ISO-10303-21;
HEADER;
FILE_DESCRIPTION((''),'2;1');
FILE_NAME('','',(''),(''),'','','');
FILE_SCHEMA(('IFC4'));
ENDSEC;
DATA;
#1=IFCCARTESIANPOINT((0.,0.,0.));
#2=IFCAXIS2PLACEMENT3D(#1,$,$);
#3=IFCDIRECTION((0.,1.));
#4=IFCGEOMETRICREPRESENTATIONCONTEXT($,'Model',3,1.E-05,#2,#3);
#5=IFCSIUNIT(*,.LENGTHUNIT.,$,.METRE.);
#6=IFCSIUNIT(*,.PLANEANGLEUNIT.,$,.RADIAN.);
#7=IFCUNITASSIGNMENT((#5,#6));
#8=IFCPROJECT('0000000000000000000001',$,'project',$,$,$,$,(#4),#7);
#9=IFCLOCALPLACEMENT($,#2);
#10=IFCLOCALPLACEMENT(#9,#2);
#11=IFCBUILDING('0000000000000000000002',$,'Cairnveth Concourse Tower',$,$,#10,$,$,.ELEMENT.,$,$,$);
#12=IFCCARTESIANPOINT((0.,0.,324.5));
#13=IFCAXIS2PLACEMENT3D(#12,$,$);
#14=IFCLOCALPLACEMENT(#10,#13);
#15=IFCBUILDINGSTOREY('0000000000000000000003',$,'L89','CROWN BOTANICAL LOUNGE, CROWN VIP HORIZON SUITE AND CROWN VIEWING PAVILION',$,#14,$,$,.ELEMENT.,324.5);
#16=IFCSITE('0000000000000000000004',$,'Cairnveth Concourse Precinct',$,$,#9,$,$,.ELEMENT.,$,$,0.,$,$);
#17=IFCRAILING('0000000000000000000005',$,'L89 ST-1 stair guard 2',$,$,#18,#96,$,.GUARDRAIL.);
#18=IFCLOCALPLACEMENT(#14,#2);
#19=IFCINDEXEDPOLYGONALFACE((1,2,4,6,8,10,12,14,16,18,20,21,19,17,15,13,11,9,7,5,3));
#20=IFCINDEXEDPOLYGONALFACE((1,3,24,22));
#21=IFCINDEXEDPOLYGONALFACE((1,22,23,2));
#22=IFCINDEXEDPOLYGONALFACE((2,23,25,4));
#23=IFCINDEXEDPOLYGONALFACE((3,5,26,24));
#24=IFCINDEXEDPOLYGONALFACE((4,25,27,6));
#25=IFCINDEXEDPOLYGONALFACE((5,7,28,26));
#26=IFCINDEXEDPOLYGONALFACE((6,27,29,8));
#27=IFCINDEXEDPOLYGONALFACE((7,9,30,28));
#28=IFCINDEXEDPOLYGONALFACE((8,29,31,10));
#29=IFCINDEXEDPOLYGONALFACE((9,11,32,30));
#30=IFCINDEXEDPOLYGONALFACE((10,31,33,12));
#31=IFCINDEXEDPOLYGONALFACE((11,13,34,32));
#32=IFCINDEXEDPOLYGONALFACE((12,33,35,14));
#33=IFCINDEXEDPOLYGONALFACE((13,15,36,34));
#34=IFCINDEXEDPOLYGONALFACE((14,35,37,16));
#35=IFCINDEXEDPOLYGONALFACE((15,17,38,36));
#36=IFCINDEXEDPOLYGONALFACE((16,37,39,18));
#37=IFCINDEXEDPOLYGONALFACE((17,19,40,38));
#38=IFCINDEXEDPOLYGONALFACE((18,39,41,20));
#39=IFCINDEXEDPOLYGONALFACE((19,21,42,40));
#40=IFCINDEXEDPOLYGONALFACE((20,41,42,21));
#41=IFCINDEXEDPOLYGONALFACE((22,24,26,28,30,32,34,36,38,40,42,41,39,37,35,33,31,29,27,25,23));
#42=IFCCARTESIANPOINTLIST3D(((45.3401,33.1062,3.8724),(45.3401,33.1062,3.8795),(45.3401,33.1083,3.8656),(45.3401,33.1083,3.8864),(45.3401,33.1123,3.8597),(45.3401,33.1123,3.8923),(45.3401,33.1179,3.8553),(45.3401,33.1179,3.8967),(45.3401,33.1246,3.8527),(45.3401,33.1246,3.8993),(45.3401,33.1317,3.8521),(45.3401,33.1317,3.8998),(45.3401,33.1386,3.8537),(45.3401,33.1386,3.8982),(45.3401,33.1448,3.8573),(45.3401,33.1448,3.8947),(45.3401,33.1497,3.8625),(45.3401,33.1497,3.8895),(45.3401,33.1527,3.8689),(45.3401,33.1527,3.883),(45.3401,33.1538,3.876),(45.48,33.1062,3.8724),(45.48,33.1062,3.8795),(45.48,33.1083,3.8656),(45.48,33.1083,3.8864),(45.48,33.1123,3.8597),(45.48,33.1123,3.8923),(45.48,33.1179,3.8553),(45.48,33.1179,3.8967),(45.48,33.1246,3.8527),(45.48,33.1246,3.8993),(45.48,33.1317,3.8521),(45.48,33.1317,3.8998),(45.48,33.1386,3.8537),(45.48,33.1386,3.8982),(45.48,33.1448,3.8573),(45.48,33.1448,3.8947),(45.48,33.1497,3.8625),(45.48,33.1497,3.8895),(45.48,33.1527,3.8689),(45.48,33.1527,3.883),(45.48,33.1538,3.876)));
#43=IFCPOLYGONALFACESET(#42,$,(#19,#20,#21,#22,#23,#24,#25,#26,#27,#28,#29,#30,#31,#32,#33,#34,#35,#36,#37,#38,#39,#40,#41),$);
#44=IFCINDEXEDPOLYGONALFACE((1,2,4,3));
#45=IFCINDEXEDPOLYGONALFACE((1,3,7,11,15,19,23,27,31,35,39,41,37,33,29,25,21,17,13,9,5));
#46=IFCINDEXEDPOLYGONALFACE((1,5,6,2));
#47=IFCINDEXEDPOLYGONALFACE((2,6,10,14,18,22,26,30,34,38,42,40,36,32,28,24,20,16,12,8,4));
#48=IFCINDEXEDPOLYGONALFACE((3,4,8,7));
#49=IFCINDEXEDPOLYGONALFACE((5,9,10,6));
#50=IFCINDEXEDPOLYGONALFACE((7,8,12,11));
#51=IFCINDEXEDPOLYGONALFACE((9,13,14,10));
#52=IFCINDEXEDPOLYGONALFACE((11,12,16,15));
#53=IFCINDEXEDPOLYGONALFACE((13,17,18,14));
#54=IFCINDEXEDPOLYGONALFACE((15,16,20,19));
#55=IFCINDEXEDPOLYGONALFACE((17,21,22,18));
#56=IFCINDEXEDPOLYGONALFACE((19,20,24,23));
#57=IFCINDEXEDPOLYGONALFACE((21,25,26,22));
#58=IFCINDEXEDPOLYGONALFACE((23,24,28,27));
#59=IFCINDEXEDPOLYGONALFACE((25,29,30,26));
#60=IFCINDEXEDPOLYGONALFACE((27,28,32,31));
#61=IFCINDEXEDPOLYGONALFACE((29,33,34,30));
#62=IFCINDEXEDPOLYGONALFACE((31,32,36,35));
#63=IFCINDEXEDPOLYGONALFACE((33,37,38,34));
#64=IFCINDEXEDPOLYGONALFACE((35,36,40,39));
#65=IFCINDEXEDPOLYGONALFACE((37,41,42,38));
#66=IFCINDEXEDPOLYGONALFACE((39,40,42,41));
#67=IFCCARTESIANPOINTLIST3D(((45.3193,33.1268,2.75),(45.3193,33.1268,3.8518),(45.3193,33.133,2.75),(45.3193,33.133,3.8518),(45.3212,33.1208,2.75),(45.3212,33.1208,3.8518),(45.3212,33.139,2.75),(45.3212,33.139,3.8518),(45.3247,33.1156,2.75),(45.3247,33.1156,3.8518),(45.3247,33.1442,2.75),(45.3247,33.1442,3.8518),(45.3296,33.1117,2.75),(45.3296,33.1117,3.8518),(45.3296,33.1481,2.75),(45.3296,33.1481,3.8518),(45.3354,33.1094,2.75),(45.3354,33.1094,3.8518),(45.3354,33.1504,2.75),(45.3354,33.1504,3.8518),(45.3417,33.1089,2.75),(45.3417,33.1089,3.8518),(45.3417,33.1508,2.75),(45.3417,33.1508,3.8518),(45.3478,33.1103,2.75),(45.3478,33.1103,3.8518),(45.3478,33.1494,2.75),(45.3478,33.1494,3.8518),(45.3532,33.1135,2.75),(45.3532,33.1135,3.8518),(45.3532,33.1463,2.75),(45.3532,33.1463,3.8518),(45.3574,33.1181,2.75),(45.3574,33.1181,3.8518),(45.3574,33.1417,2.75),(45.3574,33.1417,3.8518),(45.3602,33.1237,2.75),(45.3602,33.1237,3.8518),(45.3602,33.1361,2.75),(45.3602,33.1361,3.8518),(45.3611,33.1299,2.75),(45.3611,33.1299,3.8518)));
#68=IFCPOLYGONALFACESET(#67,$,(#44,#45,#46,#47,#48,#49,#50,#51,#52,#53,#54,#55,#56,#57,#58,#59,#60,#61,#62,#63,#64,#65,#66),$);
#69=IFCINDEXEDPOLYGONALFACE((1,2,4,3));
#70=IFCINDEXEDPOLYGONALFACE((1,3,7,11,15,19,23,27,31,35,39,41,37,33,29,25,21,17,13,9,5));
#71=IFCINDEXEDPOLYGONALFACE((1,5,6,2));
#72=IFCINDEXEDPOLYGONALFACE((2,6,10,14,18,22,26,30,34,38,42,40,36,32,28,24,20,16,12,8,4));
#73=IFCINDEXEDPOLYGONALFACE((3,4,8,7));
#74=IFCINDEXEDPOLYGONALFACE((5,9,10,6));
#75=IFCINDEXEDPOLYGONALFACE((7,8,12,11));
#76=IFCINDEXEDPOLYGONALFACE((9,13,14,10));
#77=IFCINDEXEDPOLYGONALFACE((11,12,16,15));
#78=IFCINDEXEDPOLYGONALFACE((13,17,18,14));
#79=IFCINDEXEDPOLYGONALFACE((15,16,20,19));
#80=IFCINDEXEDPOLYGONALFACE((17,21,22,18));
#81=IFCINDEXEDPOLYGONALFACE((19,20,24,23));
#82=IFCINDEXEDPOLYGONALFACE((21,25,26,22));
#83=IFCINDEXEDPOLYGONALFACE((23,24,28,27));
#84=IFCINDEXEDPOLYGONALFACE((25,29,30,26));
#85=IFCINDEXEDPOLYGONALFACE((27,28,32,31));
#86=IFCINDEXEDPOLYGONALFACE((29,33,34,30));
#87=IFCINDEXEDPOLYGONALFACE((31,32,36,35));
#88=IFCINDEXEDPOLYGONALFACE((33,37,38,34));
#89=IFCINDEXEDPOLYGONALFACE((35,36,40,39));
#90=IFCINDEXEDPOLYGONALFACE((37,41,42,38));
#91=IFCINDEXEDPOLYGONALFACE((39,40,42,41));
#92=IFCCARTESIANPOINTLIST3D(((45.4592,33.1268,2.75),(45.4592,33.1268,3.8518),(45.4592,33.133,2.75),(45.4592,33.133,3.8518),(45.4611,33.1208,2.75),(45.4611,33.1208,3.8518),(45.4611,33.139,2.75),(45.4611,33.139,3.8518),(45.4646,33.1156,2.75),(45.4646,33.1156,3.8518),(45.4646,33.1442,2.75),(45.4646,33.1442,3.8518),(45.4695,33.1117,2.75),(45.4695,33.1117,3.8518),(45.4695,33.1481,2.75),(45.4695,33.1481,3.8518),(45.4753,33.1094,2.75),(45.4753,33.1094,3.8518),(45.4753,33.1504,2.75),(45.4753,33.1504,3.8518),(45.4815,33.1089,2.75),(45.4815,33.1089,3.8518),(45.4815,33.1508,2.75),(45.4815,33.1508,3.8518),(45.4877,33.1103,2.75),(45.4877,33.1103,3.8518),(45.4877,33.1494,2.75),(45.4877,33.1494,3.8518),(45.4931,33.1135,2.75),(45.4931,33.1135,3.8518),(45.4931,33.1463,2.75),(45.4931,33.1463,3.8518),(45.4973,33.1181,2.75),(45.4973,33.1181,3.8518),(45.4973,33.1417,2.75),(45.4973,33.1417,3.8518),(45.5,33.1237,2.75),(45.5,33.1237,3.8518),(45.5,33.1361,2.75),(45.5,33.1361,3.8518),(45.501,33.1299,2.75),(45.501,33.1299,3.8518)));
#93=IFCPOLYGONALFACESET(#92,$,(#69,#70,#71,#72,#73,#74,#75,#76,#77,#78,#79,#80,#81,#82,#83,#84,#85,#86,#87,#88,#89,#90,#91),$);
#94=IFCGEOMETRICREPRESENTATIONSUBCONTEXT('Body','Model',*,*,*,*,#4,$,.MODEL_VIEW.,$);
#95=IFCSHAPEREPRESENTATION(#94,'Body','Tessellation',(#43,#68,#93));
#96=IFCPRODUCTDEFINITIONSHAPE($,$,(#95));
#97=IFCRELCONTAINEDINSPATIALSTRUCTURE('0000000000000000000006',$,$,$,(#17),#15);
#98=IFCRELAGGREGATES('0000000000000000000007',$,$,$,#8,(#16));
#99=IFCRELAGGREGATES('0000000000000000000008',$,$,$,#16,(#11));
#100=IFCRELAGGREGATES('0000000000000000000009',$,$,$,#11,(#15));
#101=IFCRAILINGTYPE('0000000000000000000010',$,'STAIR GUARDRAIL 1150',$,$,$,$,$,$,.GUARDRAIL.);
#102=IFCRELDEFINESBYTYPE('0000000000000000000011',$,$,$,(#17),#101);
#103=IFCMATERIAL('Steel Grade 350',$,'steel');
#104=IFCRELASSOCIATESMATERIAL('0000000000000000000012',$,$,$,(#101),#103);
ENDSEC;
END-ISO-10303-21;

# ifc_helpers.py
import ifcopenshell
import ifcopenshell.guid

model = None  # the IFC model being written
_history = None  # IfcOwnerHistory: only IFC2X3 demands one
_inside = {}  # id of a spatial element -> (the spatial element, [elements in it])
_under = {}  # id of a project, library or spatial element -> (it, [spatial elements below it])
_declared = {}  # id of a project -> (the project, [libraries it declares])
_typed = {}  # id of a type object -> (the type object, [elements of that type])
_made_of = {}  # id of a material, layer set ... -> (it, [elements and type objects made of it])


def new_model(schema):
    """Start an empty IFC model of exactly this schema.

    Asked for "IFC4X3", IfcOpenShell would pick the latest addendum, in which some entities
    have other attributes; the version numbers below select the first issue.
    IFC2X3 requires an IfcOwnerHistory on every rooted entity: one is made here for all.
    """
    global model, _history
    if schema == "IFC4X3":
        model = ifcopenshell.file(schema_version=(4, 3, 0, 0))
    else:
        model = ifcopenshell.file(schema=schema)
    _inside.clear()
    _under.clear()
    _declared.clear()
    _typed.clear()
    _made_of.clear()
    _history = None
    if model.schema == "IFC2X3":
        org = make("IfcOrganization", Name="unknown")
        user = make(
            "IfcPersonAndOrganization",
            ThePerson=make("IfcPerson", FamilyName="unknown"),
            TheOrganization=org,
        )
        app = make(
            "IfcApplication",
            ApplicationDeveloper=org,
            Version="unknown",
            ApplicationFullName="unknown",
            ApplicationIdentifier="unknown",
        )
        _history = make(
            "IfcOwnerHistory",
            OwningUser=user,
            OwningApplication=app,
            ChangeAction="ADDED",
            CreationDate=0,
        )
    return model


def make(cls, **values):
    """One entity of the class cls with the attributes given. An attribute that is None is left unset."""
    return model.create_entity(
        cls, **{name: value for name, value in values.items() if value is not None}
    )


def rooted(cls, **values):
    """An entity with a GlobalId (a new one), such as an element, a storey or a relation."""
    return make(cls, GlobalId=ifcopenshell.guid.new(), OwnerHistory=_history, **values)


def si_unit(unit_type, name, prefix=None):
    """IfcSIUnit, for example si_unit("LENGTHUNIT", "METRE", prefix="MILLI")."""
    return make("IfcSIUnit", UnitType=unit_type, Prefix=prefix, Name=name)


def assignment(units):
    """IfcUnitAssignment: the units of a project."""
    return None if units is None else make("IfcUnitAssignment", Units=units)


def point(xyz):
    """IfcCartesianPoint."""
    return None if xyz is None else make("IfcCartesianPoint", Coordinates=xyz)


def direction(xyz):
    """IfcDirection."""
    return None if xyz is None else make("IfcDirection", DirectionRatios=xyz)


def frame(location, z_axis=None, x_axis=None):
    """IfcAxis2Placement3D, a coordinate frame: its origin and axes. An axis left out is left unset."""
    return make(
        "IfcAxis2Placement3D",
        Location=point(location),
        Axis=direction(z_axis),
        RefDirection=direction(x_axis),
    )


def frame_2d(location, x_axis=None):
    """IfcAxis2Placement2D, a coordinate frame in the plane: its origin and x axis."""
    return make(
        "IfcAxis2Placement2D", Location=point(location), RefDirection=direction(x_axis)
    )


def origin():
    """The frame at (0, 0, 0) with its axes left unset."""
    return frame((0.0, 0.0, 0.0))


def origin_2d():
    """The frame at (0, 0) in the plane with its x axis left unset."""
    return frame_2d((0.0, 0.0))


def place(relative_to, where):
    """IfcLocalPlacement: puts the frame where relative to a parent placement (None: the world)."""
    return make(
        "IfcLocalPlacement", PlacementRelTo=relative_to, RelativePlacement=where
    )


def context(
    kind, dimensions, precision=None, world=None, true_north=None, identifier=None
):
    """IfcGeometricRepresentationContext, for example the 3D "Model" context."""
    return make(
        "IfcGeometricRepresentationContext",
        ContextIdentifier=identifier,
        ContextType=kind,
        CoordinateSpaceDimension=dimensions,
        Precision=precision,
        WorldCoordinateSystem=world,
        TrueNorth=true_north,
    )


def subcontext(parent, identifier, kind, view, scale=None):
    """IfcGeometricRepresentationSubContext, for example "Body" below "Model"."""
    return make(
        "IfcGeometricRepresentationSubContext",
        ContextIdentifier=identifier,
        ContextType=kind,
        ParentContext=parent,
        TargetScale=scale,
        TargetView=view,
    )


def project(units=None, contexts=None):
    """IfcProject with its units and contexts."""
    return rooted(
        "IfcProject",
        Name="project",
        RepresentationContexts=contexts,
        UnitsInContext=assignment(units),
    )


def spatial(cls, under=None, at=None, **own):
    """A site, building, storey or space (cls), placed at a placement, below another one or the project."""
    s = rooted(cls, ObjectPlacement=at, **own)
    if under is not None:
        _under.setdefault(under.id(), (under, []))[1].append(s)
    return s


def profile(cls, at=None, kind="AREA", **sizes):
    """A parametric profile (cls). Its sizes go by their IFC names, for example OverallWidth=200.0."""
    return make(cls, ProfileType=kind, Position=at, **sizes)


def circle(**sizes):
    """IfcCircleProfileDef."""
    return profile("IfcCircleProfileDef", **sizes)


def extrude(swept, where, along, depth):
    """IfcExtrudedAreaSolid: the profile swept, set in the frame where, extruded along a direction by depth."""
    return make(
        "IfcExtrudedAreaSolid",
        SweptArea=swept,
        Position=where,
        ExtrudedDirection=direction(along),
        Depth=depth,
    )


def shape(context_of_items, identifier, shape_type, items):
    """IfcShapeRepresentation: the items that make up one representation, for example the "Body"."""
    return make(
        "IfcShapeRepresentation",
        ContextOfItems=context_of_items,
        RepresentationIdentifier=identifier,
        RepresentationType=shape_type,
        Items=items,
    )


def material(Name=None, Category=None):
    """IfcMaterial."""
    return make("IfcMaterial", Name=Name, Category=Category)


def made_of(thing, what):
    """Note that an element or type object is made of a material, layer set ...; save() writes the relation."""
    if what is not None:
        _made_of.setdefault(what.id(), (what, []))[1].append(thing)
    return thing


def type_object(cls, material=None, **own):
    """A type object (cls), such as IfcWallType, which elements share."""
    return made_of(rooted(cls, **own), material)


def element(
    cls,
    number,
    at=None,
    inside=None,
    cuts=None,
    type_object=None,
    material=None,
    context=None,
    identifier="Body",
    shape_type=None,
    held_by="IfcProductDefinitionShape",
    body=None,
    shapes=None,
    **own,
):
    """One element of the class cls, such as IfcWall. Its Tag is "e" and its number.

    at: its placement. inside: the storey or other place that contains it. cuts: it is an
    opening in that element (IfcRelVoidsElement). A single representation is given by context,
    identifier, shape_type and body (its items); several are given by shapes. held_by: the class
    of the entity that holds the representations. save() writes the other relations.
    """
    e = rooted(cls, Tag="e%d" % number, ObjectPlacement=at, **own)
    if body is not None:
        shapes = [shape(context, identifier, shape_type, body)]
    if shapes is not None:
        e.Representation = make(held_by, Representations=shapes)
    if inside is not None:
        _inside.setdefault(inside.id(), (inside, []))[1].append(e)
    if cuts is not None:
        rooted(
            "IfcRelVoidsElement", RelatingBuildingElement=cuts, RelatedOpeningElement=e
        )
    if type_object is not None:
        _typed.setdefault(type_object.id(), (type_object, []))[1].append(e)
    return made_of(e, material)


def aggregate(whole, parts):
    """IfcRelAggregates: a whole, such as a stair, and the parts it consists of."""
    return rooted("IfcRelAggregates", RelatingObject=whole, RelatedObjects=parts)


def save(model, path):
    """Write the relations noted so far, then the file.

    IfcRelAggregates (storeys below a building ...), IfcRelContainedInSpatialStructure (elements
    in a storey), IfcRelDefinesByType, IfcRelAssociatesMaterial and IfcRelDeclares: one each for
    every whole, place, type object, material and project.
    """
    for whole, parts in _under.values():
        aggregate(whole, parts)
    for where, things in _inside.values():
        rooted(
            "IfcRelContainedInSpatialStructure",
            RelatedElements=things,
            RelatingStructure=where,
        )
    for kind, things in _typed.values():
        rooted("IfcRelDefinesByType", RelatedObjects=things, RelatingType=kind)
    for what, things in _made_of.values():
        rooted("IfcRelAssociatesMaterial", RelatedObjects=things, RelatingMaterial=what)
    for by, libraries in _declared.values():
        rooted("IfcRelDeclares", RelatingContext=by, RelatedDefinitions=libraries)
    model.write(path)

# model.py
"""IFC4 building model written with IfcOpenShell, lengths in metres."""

from ifc_helpers import new_model, si_unit, direction, frame, origin, origin_2d, place, context, subcontext, project, spatial, circle, extrude, material, type_object, element, save


model = new_model("IFC4")

# Units and contexts
model_context = context("Model", 3, precision=1e-05, world=origin(), true_north=direction((0.0, 1.0)))
body_context = subcontext(model_context, "Body", "Model", "MODEL_VIEW")
ifc_project = project(units=[si_unit("LENGTHUNIT", "METRE"), si_unit("PLANEANGLEUNIT", "RADIAN")], contexts=[model_context])

# Site, building, storey
site_placement = place(None, origin())
site = spatial("IfcSite", under=ifc_project, at=site_placement, Name="Cairnveth Concourse Precinct", CompositionType="ELEMENT", RefElevation=0.0)
building_placement = place(site_placement, origin())
building = spatial("IfcBuilding", under=site, at=building_placement, Name="Cairnveth Concourse Tower", CompositionType="ELEMENT")
storey_placement = place(building_placement, frame((0.0, 0.0, 324.5)))
storey = spatial("IfcBuildingStorey", under=building, at=storey_placement, Name="L89", Description="CROWN BOTANICAL LOUNGE, CROWN VIP HORIZON SUITE AND CROWN VIEWING PAVILION", CompositionType="ELEMENT", Elevation=324.5)

# Shared definitions
ifc_material_1 = material(Name="Steel Grade 350", Category="steel")

# Railing
railing_type_1 = type_object("IfcRailingType", Name="STAIR GUARDRAIL 1150", PredefinedType="GUARDRAIL", material=ifc_material_1)
railing_1_placement = place(storey_placement, frame((45.3401, 33.1299, 2.75)))
element("IfcRailing", 1, at=railing_1_placement, inside=storey, type_object=railing_type_1, Name="L89 ST-1 stair guard 2", PredefinedType="GUARDRAIL", context=body_context, shape_type="SweptSolid", body=[
    extrude(circle(Radius=0.0239, at=origin_2d()), frame((0.0, 0.0, 1.126), z_axis=(1.0, 0.0, 0.0), x_axis=(0.0, 1.0, 0.0)), (0.0, 0.0, 1.0), 0.1399),
    extrude(circle(Radius=0.021, at=origin_2d()), origin(), (0.0, 0.0, 1.0), 1.1018),
    extrude(circle(Radius=0.021, at=origin_2d()), frame((0.1399, 0.0, 0.0)), (0.0, 0.0, 1.0), 1.1018),
])

save(model, "model.ifc")
